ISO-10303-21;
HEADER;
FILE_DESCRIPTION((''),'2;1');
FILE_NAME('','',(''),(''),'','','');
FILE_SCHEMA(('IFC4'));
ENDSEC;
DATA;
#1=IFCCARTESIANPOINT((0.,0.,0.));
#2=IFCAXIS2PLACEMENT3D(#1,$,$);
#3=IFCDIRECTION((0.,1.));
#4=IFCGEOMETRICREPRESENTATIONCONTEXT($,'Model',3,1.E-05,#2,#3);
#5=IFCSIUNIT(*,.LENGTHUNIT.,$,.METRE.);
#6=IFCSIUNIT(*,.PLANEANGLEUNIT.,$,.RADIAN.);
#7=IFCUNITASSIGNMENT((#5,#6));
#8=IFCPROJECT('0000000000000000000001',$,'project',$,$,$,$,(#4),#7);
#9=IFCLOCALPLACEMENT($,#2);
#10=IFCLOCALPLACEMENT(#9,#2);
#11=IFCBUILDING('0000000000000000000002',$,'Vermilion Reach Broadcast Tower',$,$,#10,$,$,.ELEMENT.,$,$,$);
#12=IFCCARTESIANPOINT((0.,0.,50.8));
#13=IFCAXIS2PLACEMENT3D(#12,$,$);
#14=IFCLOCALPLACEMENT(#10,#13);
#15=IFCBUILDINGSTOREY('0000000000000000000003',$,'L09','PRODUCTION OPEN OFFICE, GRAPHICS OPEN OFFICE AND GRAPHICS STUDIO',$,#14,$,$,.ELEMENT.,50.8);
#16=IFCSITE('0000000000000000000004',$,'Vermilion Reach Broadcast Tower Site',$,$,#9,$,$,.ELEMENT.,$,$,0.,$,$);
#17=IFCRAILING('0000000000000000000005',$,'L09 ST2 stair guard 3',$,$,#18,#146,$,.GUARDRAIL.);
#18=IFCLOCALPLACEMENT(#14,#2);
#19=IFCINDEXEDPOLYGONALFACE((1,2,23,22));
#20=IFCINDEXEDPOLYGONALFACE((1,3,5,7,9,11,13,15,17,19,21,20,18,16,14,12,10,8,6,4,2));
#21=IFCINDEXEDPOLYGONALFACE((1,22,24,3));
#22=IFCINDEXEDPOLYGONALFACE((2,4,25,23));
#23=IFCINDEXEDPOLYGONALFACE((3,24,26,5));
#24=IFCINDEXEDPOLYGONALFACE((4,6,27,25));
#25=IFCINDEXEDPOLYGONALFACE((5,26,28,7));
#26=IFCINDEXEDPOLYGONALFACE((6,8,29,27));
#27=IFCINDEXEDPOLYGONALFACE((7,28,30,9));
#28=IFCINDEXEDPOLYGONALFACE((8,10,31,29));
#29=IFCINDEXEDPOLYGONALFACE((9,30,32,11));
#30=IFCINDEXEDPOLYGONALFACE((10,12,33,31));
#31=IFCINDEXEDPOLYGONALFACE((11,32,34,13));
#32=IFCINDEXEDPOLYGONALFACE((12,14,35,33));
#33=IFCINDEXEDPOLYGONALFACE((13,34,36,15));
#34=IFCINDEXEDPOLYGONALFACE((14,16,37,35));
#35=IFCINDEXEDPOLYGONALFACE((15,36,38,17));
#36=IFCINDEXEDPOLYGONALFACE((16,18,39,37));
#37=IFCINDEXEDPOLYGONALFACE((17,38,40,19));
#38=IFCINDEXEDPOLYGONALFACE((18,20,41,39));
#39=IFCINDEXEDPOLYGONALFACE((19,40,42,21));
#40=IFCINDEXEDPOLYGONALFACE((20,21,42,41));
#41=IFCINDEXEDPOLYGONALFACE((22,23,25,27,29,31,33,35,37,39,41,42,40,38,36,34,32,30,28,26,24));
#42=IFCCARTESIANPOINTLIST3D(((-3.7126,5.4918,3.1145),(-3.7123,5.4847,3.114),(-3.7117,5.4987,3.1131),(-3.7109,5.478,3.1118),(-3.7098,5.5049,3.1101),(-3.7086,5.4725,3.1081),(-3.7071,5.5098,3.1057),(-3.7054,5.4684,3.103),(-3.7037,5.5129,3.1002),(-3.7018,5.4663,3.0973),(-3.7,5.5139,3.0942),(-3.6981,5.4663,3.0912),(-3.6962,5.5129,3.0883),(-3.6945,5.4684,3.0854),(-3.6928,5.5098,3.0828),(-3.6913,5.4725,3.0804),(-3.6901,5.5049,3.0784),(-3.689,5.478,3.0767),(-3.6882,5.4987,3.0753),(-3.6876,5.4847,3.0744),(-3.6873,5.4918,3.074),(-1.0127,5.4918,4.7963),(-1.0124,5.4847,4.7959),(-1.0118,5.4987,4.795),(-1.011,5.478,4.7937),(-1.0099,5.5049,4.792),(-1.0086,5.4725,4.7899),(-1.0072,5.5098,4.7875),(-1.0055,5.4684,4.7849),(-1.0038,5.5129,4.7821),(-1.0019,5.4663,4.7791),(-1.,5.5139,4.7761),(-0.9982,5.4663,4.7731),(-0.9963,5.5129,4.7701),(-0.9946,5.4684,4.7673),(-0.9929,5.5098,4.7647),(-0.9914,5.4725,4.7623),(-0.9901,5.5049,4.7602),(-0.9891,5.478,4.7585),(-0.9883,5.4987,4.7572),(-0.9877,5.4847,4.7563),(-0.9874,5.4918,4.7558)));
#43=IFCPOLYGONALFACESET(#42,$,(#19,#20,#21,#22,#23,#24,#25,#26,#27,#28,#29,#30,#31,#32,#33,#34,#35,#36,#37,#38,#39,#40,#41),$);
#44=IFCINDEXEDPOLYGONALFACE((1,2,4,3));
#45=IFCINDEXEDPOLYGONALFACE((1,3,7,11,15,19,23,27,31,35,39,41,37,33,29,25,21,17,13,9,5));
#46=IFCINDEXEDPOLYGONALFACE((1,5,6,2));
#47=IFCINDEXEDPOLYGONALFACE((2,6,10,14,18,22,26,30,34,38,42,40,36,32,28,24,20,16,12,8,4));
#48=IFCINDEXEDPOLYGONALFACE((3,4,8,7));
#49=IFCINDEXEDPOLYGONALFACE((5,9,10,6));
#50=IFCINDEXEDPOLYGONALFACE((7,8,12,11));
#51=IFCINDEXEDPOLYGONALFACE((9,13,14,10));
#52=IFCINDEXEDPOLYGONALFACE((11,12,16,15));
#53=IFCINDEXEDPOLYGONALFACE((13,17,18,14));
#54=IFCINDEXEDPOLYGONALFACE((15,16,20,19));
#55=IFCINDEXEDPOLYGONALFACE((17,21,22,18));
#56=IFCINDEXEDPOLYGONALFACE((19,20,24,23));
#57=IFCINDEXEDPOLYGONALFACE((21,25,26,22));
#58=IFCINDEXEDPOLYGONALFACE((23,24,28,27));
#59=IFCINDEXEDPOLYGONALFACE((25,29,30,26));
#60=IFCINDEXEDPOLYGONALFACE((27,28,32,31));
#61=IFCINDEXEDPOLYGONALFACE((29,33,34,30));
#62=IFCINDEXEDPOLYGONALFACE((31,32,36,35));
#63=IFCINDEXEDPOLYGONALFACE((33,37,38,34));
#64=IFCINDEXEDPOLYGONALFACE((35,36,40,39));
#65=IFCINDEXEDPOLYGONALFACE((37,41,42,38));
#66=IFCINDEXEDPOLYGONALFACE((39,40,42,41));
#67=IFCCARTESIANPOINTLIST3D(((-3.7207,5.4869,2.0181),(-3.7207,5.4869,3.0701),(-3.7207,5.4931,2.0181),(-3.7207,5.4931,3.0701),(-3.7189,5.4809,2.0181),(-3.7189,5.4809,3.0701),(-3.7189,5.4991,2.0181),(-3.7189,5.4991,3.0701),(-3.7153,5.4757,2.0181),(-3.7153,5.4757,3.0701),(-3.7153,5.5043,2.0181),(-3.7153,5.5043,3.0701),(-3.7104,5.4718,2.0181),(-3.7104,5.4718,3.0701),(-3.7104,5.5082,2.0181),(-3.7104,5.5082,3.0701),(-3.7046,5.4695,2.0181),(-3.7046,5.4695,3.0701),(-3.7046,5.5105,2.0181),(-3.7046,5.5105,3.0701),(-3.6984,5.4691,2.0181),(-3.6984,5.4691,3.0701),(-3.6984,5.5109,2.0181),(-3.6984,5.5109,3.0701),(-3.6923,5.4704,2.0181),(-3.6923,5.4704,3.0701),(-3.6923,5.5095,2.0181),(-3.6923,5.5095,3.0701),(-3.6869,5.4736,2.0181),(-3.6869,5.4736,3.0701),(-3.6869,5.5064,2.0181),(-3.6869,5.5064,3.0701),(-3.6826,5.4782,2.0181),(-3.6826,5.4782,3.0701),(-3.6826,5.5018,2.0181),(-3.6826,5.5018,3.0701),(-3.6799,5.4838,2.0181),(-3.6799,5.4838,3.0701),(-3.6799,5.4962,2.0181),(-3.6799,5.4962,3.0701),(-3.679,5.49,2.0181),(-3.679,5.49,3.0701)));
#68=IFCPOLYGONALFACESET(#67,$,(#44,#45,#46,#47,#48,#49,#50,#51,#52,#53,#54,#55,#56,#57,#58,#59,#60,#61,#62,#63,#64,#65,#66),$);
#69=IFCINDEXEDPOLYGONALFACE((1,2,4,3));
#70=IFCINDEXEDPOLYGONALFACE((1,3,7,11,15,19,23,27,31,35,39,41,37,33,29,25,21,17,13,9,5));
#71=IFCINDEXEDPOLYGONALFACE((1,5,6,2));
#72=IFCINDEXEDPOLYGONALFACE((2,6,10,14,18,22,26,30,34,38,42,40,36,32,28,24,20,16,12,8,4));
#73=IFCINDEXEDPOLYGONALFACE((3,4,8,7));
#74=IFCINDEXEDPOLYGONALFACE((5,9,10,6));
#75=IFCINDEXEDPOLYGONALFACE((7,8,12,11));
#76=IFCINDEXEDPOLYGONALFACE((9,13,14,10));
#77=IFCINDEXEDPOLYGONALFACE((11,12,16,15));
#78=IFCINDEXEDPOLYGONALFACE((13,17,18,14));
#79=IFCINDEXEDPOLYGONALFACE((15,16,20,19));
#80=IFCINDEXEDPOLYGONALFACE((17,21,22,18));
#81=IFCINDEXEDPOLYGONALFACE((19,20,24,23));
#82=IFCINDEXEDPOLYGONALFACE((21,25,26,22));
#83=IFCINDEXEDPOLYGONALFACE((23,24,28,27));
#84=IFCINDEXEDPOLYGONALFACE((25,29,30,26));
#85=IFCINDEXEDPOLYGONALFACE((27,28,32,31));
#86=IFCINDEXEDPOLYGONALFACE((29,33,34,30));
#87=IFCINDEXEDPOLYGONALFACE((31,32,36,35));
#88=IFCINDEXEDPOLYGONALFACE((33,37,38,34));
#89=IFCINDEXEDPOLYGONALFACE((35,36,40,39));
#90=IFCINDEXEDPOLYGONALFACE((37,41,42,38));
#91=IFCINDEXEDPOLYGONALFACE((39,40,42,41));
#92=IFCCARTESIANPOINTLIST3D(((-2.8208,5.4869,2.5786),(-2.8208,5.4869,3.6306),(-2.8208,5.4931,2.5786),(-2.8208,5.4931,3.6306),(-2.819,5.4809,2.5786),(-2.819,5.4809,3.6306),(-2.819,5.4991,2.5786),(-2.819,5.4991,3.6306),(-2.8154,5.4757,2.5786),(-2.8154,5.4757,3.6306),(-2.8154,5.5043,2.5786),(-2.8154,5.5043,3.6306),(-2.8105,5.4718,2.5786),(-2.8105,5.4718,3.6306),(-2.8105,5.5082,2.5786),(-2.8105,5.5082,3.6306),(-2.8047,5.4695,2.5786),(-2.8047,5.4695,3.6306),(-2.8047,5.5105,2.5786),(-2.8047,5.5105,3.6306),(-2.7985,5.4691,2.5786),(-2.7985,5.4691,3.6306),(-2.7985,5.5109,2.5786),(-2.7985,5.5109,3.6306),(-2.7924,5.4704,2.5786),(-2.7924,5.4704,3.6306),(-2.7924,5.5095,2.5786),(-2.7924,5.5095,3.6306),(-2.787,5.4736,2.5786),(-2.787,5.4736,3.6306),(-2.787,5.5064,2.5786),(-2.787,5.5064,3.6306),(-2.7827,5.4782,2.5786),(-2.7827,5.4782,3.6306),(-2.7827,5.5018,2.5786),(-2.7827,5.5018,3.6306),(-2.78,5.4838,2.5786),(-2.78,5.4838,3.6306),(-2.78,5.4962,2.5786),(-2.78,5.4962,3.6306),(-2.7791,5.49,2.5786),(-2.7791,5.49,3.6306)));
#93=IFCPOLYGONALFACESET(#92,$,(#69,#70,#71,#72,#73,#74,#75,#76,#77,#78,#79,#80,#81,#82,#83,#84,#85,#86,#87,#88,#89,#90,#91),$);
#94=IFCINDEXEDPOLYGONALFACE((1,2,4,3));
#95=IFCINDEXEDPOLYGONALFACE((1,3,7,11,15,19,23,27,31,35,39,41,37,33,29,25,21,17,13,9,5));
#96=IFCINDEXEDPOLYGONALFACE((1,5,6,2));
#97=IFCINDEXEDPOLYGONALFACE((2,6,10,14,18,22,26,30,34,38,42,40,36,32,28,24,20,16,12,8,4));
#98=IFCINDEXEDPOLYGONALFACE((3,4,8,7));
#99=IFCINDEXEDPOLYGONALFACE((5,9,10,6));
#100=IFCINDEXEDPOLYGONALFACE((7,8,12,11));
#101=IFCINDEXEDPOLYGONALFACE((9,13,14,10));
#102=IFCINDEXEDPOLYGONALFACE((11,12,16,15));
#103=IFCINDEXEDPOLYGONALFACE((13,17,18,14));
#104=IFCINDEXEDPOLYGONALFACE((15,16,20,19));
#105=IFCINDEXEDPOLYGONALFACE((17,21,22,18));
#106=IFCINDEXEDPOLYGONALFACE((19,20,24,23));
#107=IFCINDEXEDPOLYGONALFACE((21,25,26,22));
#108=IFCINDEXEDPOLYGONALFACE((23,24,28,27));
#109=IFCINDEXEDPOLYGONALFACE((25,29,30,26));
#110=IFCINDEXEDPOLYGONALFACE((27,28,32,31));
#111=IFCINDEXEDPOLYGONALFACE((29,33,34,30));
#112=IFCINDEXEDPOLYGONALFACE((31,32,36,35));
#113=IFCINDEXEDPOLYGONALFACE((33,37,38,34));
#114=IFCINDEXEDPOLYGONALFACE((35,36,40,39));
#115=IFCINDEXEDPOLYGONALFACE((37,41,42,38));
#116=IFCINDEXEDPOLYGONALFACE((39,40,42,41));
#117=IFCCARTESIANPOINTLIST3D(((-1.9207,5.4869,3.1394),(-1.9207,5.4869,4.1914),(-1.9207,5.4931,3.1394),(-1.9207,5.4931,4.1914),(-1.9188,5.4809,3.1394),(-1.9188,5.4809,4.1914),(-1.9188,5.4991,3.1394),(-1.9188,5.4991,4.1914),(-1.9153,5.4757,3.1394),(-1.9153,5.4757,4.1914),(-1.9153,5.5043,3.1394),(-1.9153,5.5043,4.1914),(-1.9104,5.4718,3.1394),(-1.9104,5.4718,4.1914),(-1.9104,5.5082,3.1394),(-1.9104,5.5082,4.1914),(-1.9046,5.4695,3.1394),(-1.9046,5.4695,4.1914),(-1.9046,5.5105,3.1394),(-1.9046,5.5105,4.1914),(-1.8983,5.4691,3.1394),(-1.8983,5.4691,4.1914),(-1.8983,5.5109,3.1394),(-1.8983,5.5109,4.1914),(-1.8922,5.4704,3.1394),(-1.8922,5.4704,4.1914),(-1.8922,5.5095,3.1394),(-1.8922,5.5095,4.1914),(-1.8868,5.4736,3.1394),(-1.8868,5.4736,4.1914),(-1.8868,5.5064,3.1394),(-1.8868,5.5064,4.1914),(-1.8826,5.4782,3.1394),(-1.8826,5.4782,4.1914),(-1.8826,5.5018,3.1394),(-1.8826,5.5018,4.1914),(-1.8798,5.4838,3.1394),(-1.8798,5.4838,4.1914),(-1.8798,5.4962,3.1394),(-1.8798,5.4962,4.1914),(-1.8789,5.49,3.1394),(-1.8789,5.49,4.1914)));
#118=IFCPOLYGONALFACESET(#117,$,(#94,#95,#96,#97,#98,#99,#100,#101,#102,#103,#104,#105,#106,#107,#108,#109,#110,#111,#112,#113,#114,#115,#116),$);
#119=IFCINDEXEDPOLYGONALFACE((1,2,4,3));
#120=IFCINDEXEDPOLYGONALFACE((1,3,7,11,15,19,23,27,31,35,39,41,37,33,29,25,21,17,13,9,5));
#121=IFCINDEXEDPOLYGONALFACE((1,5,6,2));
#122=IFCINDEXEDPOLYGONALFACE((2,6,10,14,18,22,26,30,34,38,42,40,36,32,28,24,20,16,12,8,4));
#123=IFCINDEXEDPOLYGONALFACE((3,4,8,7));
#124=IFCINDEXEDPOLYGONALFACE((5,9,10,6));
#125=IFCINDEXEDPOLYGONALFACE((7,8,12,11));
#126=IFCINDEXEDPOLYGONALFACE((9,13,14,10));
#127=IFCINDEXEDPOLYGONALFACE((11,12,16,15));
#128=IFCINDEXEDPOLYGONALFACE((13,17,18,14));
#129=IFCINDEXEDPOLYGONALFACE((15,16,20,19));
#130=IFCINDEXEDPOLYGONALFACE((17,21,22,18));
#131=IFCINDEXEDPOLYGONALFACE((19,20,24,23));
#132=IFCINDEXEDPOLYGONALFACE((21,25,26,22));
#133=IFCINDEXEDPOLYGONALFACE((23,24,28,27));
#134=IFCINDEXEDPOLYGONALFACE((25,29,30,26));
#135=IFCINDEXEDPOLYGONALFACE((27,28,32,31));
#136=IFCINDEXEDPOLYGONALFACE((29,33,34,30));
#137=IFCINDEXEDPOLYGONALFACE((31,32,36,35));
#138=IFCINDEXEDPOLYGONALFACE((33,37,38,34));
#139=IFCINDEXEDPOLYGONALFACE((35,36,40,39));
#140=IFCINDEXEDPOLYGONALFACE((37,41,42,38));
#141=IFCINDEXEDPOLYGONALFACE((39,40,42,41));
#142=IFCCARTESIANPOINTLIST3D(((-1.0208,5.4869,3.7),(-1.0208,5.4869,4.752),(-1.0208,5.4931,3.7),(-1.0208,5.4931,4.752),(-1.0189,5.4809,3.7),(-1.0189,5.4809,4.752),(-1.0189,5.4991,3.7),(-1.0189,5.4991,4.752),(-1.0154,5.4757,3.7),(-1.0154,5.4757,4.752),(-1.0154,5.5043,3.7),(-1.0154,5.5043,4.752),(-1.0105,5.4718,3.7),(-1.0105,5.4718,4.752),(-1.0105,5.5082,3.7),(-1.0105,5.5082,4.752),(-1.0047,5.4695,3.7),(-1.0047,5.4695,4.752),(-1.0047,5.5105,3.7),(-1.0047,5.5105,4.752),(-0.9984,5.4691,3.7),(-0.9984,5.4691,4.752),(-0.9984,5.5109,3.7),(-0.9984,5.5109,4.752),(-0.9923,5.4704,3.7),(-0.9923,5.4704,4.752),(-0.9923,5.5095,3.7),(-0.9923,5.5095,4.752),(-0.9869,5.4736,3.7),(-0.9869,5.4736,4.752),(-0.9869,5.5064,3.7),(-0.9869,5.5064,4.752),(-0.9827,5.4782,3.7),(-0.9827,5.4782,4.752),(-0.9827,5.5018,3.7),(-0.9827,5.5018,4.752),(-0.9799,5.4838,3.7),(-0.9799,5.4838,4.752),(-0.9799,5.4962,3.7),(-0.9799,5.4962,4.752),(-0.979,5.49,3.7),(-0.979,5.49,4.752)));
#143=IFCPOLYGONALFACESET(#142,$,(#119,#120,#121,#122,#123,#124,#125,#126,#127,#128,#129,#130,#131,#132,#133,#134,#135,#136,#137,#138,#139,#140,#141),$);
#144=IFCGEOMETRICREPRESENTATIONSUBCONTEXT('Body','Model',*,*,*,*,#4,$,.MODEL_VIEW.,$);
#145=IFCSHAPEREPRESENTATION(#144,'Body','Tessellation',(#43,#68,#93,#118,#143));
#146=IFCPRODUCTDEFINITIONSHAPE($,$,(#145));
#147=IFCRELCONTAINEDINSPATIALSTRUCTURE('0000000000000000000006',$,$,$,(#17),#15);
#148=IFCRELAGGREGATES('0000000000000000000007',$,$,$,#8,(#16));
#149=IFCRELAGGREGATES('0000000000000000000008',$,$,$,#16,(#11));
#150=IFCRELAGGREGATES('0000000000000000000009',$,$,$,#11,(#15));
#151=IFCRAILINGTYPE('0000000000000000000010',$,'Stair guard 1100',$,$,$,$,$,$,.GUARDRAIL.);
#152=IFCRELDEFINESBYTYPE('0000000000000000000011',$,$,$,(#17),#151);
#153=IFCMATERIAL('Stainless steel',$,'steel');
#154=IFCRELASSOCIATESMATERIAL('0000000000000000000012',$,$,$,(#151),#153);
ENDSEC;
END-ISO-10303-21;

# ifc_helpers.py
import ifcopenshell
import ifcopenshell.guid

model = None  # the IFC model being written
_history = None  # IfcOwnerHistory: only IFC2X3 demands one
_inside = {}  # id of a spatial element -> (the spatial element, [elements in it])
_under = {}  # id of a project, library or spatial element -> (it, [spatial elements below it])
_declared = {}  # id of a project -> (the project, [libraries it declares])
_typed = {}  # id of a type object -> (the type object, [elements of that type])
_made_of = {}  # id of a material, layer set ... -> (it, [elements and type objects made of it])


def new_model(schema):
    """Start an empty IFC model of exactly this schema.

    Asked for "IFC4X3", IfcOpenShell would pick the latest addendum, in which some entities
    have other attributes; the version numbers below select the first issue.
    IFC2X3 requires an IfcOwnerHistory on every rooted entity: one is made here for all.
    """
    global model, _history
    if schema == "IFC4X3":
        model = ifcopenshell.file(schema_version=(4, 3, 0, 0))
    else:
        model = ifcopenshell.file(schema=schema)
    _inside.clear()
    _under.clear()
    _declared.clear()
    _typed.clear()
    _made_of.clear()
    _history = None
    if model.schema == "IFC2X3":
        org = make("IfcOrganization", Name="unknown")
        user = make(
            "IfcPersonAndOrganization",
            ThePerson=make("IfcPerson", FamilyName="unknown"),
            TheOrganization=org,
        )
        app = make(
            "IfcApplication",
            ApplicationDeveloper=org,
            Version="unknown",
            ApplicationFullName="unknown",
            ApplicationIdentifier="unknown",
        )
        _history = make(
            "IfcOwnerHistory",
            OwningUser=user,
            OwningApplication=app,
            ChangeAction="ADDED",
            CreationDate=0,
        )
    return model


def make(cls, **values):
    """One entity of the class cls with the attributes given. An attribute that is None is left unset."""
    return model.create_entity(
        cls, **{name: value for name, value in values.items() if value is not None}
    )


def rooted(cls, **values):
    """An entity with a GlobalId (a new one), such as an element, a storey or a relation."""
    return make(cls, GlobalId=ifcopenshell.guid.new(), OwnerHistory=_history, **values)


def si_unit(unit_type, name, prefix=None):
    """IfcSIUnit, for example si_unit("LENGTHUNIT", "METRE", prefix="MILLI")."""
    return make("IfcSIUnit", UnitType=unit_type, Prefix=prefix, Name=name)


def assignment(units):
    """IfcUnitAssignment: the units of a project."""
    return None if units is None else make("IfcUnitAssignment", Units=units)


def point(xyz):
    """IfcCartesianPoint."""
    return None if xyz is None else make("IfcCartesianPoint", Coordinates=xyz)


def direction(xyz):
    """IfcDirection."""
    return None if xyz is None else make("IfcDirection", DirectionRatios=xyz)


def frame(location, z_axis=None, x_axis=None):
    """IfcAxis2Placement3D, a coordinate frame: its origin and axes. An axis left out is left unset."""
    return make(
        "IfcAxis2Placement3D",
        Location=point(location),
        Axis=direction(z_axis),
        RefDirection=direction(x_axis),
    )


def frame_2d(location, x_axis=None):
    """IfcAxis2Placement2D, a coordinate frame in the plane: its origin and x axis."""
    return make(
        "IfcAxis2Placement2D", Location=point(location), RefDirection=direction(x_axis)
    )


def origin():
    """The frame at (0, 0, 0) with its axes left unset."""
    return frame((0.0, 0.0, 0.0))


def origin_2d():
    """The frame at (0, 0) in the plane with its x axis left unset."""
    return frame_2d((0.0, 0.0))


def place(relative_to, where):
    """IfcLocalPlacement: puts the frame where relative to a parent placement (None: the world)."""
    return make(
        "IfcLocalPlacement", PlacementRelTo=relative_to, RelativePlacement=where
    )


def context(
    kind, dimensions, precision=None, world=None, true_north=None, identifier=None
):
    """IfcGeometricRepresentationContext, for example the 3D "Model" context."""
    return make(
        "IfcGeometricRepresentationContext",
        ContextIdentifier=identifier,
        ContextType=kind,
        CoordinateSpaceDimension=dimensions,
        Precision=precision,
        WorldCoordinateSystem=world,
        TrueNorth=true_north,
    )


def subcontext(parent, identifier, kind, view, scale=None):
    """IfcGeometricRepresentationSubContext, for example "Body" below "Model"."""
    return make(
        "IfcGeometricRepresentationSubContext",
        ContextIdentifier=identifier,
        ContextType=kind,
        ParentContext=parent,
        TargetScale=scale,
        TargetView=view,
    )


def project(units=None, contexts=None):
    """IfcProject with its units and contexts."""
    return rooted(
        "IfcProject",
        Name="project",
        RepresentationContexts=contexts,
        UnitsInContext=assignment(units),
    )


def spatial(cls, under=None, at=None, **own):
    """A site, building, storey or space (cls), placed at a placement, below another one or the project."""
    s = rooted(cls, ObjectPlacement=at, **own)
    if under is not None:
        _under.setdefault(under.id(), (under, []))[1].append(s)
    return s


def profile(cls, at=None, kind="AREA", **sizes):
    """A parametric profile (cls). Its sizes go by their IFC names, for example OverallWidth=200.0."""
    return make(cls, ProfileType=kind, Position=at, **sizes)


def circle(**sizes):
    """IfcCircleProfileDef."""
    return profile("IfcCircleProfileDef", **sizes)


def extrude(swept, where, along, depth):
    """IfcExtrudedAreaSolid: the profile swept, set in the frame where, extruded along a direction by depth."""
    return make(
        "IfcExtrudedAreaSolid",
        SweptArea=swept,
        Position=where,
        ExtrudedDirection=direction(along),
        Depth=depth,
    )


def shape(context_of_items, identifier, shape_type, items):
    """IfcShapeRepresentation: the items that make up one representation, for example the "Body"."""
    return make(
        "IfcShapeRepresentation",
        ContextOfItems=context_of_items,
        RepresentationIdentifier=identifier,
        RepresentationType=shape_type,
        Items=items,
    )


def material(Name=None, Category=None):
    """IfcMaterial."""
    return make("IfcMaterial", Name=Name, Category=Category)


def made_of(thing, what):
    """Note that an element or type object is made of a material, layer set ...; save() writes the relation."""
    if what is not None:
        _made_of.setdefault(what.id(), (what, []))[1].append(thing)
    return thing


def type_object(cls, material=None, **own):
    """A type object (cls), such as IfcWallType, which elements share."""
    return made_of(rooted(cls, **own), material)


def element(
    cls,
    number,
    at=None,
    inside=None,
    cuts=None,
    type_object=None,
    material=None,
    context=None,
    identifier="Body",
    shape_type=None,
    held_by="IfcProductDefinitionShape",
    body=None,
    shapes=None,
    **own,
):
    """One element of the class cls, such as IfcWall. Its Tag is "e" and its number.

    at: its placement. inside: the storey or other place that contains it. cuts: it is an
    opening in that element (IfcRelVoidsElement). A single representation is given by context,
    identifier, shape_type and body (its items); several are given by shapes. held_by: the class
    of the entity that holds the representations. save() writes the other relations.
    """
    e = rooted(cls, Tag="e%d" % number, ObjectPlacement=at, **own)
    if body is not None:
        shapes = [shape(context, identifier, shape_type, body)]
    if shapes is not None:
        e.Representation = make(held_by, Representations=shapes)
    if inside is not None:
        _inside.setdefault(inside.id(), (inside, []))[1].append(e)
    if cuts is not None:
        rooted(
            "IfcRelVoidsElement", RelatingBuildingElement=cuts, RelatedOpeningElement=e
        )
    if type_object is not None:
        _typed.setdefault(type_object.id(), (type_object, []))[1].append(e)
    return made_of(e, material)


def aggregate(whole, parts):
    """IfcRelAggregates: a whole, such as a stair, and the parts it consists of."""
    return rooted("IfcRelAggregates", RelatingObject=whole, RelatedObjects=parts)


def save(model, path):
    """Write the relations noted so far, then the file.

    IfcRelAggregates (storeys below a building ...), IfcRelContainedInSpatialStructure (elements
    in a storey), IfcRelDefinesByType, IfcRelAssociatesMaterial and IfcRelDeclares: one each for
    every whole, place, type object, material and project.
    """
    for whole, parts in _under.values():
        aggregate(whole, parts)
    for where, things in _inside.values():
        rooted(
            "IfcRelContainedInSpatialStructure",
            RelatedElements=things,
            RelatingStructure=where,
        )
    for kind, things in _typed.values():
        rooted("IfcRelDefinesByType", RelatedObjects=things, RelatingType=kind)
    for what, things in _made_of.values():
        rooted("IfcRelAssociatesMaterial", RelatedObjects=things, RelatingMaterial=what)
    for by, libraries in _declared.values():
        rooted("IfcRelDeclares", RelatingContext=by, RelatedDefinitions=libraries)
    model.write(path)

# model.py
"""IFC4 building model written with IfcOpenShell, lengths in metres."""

from ifc_helpers import new_model, si_unit, direction, frame, origin, origin_2d, place, context, subcontext, project, spatial, circle, extrude, material, type_object, element, save


model = new_model("IFC4")

# Units and contexts
model_context = context("Model", 3, precision=1e-05, world=origin(), true_north=direction((0.0, 1.0)))
body_context = subcontext(model_context, "Body", "Model", "MODEL_VIEW")
ifc_project = project(units=[si_unit("LENGTHUNIT", "METRE"), si_unit("PLANEANGLEUNIT", "RADIAN")], contexts=[model_context])

# Site, building, storey
site_placement = place(None, origin())
site = spatial("IfcSite", under=ifc_project, at=site_placement, Name="Vermilion Reach Broadcast Tower Site", CompositionType="ELEMENT", RefElevation=0.0)
building_placement = place(site_placement, origin())
building = spatial("IfcBuilding", under=site, at=building_placement, Name="Vermilion Reach Broadcast Tower", CompositionType="ELEMENT")
storey_placement = place(building_placement, frame((0.0, 0.0, 50.8)))
storey = spatial("IfcBuildingStorey", under=building, at=storey_placement, Name="L09", Description="PRODUCTION OPEN OFFICE, GRAPHICS OPEN OFFICE AND GRAPHICS STUDIO", CompositionType="ELEMENT", Elevation=50.8)

# Railing
ifc_material_1 = material(Name="Stainless steel", Category="steel")
railing_type_1 = type_object("IfcRailingType", Name="Stair guard 1100", PredefinedType="GUARDRAIL", material=ifc_material_1)
railing_1_placement = place(storey_placement, frame((-3.7, 5.49, 2.0181)))
element("IfcRailing", 1, at=railing_1_placement, inside=storey, type_object=railing_type_1, Name="L09 ST2 stair guard 3", PredefinedType="GUARDRAIL", context=body_context, shape_type="SweptSolid", body=[
    extrude(circle(Radius=0.0239, at=origin_2d()), frame((0.0, 0.0, 1.0762), z_axis=(0.848786, 0.0, 0.528736), x_axis=(0.0, 1.0, 0.0)), (0.0, 0.0, 1.0), 3.1809),
    extrude(circle(Radius=0.021, at=origin_2d()), origin(), (0.0, 0.0, 1.0), 1.052),
    extrude(circle(Radius=0.021, at=origin_2d()), frame((0.8999, 0.0, 0.5605)), (0.0, 0.0, 1.0), 1.052),
    extrude(circle(Radius=0.021, at=origin_2d()), frame((1.8, 0.0, 1.1213)), (0.0, 0.0, 1.0), 1.052),
    extrude(circle(Radius=0.021, at=origin_2d()), frame((2.7, 0.0, 1.6819)), (0.0, 0.0, 1.0), 1.052),
])

save(model, "model.ifc")
